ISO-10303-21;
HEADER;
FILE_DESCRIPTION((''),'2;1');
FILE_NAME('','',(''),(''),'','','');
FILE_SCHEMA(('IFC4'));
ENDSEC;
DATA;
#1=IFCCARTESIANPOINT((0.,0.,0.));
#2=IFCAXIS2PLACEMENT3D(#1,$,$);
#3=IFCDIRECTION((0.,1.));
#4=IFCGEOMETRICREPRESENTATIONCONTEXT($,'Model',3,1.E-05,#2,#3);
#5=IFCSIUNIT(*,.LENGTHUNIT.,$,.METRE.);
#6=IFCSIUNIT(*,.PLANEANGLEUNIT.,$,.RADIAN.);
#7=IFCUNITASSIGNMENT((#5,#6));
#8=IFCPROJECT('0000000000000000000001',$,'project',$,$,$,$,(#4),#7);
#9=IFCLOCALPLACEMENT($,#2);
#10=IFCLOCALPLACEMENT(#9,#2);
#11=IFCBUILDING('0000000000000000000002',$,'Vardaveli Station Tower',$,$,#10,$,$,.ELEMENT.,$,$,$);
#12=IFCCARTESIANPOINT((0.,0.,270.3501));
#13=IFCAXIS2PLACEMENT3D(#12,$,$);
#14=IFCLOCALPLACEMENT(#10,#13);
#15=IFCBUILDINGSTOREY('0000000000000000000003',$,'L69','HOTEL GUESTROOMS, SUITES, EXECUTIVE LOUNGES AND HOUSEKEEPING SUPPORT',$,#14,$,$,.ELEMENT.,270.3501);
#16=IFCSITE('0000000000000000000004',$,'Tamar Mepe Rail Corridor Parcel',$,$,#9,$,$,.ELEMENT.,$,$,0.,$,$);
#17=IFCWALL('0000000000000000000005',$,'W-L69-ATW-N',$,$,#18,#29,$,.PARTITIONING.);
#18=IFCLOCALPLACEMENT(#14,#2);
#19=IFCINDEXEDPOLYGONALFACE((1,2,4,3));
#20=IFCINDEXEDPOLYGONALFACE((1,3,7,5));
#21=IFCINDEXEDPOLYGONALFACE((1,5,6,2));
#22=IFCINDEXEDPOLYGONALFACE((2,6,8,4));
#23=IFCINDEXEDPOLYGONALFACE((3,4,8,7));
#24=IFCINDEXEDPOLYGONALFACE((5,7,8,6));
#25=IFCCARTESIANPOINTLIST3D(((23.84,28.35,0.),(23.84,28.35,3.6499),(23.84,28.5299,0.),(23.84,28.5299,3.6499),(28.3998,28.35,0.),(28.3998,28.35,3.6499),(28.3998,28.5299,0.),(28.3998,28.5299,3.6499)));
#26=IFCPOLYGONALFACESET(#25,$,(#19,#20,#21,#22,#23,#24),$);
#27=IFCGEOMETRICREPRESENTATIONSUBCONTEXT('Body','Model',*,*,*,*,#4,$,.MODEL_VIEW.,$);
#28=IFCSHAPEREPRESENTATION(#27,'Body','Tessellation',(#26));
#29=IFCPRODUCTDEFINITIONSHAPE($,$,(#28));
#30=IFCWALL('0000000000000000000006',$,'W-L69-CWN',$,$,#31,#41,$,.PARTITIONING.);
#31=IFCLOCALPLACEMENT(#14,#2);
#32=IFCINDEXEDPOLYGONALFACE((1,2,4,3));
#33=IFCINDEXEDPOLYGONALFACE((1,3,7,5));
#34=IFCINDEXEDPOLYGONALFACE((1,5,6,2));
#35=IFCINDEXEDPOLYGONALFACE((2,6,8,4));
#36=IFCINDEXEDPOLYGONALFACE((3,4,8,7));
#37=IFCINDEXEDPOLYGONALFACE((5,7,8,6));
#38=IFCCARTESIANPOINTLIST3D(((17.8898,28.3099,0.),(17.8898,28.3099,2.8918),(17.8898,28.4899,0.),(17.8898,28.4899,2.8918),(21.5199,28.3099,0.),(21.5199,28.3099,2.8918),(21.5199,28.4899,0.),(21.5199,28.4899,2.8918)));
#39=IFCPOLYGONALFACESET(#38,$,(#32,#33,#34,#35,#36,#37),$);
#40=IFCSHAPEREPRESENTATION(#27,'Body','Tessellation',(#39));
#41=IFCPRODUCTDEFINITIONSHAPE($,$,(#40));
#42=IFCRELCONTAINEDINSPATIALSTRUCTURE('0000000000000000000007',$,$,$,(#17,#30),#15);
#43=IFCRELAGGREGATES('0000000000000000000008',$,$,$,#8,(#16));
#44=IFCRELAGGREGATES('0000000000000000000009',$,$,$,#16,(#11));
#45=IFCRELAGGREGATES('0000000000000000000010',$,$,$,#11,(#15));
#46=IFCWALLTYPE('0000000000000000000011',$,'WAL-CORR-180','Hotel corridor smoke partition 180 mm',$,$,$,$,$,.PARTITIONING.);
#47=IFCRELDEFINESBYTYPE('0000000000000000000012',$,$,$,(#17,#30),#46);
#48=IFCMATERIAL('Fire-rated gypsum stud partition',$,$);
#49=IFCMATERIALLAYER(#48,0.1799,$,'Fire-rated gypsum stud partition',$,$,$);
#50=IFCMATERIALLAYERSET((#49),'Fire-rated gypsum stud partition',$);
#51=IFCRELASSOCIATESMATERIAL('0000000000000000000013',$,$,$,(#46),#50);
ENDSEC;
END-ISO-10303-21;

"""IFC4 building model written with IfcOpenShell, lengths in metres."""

from ifc_helpers import new_model, si_unit, direction, frame, frame_2d, origin, place, context, subcontext, project, spatial, rectangle, extrude, source, transform, mapped, material, layer, layer_set, type_object, element, save


model = new_model("IFC4")

# Units and contexts
model_context = context("Model", 3, precision=1e-05, world=origin(), true_north=direction((0.0, 1.0)))
body_context = subcontext(model_context, "Body", "Model", "MODEL_VIEW")
ifc_project = project(units=[si_unit("LENGTHUNIT", "METRE"), si_unit("PLANEANGLEUNIT", "RADIAN")], contexts=[model_context])

# Site, building, storey
site_placement = place(None, origin())
site = spatial("IfcSite", under=ifc_project, at=site_placement, Name="Tamar Mepe Rail Corridor Parcel", CompositionType="ELEMENT", RefElevation=0.0)
building_placement = place(site_placement, origin())
building = spatial("IfcBuilding", under=site, at=building_placement, Name="Vardaveli Station Tower", CompositionType="ELEMENT")
storey_placement = place(building_placement, frame((0.0, 0.0, 270.3501)))
storey = spatial("IfcBuildingStorey", under=building, at=storey_placement, Name="L69", Description="HOTEL GUESTROOMS, SUITES, EXECUTIVE LOUNGES AND HOUSEKEEPING SUPPORT", CompositionType="ELEMENT", Elevation=270.3501)

# Shared definitions
ifc_material_1 = material(Name="Fire-rated gypsum stud partition")
ifc_layer_1 = layer(ifc_material_1, 0.1799, Name="Fire-rated gypsum stud partition")
ifc_layer_set_1 = layer_set([ifc_layer_1], Name="Fire-rated gypsum stud partition")
wall_type = type_object("IfcWallType", Name="WAL-CORR-180", Description="Hotel corridor smoke partition 180 mm", PredefinedType="PARTITIONING", material=ifc_layer_set_1)

# Walls
shared_shape_1 = source(origin(), body_context, "Body", "SweptSolid", [
    extrude(rectangle(XDim=4.5598, YDim=0.1799, at=frame_2d((2.2798, 0.0))), origin(), (0.0, 0.0, 1.0), 3.6499),
])
wall_1_placement = place(storey_placement, frame((23.8401, 28.4399, 0.0), z_axis=(0.0, 0.0, 1.0), x_axis=(1.0, 0.0, 0.0)))
element("IfcWall", 1, at=wall_1_placement, inside=storey, type_object=wall_type, Name="W-L69-ATW-N", PredefinedType="PARTITIONING", context=body_context, shape_type="MappedRepresentation", body=[
    mapped(shared_shape_1, transform((0.0, 0.0, 0.0), scale=1.0)),
])
shared_shape_2 = source(origin(), body_context, "Body", "SweptSolid", [
    extrude(rectangle(XDim=3.6301, YDim=0.1799, at=frame_2d((1.8149, 0.0))), origin(), (0.0, 0.0, 1.0), 2.8918),
])
wall_2_placement = place(storey_placement, frame((17.8899, 28.3999, 0.0), z_axis=(0.0, 0.0, 1.0), x_axis=(1.0, 0.0, 0.0)))
element("IfcWall", 2, at=wall_2_placement, inside=storey, type_object=wall_type, Name="W-L69-CWN", PredefinedType="PARTITIONING", context=body_context, shape_type="MappedRepresentation", body=[
    mapped(shared_shape_2, transform((0.0, 0.0, 0.0), scale=1.0)),
])

save(model, "model.ifc")
